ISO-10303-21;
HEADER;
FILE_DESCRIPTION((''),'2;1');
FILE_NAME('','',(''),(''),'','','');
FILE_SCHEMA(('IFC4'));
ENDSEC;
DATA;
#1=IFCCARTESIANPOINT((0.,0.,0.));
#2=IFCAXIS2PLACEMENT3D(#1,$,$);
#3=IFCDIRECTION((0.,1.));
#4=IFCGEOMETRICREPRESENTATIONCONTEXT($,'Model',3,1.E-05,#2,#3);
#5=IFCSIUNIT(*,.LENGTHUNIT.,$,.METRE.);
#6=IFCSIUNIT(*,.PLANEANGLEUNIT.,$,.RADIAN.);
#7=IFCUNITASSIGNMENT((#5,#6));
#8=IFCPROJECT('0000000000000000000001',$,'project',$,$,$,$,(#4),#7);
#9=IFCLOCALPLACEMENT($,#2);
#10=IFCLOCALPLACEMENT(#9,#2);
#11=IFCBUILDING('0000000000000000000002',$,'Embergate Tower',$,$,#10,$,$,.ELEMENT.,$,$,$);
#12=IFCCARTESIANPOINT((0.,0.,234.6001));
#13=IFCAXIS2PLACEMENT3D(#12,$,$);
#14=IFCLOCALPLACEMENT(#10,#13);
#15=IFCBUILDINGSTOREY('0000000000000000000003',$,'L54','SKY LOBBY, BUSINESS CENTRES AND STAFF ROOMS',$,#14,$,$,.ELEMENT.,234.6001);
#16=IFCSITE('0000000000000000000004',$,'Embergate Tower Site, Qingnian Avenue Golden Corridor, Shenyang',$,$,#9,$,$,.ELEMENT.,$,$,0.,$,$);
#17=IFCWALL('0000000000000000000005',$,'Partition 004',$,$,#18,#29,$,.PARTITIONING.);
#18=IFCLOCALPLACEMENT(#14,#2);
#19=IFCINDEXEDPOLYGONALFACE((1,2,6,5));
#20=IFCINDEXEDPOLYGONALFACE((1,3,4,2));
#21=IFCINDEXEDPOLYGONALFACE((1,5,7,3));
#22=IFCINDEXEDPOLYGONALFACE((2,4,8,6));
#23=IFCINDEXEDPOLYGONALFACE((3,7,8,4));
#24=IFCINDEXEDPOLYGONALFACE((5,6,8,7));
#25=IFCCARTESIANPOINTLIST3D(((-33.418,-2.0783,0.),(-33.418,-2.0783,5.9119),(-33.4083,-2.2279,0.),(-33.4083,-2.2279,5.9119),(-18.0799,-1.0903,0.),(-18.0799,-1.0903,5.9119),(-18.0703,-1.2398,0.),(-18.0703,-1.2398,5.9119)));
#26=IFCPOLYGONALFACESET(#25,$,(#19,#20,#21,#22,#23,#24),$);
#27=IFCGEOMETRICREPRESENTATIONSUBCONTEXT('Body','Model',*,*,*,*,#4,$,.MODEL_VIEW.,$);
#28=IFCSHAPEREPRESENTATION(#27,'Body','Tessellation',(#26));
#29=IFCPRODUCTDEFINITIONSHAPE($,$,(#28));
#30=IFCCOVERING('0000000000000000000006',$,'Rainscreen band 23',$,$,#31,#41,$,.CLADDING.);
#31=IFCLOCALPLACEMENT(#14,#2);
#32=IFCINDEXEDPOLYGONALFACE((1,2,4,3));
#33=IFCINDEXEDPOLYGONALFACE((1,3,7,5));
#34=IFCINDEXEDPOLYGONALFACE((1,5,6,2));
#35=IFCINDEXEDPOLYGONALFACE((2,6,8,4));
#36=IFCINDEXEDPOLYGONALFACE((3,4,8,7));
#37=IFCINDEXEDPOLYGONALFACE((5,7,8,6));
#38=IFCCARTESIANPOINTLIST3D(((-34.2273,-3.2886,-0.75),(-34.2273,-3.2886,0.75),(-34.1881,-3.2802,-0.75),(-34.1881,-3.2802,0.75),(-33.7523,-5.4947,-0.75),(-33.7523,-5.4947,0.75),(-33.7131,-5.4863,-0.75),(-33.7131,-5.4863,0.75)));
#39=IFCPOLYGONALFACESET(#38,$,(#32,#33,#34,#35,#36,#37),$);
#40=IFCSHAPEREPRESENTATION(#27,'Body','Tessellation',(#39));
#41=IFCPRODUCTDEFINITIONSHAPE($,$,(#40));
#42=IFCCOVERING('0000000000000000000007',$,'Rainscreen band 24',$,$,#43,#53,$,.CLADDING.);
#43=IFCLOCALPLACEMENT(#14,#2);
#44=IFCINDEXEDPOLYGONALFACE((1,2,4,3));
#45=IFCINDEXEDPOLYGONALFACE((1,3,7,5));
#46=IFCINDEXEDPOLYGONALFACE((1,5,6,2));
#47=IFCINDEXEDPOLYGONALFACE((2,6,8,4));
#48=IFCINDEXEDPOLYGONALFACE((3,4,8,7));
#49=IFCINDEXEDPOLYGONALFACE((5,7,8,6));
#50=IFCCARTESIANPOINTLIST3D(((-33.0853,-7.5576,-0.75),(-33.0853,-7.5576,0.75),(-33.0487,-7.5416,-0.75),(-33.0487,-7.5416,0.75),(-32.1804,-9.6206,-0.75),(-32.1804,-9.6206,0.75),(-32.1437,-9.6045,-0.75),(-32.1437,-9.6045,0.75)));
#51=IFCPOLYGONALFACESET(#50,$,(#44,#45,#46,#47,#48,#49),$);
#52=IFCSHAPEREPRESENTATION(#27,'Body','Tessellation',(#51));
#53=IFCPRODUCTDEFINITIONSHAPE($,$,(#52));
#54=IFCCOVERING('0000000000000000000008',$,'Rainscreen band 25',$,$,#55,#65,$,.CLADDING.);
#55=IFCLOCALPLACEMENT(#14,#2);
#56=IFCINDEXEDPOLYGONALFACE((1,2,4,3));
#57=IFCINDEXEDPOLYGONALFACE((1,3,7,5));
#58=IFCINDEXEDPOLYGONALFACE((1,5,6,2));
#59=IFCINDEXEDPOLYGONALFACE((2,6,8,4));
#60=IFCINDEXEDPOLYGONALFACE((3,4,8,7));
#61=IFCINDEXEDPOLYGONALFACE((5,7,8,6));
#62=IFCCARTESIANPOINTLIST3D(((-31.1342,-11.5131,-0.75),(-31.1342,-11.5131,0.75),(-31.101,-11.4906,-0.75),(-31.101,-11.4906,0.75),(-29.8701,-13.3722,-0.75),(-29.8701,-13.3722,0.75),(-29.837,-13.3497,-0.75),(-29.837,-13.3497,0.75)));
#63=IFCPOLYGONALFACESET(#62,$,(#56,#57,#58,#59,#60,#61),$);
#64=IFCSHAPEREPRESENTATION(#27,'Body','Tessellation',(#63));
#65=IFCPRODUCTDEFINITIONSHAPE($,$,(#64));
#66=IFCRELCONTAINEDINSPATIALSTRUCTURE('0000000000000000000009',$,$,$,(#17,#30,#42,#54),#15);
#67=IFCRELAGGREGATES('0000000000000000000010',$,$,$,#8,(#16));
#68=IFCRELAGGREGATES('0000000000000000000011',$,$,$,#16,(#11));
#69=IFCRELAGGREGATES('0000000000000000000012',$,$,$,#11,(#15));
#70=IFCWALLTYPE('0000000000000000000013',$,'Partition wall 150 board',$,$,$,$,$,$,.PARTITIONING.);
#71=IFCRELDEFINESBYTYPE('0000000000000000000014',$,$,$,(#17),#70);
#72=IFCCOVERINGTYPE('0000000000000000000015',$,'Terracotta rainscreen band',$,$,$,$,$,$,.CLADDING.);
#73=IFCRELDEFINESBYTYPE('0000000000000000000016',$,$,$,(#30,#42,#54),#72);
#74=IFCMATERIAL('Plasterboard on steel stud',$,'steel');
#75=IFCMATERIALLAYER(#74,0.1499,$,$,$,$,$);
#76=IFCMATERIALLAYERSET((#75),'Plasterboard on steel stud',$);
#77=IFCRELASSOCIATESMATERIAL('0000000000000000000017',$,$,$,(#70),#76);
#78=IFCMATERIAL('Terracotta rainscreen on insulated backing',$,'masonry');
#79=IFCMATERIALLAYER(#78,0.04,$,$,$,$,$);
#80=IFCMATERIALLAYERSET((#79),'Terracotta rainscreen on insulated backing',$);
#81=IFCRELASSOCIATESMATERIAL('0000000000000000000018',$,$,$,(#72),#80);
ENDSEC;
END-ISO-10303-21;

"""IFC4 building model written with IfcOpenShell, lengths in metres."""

from ifc_helpers import new_model, si_unit, direction, frame, frame_2d, origin, origin_2d, place, context, subcontext, project, spatial, rectangle, extrude, source, transform, mapped, material, layer, layer_set, type_object, element, save


model = new_model("IFC4")

# Units and contexts
model_context = context("Model", 3, precision=1e-05, world=origin(), true_north=direction((0.0, 1.0)))
body_context = subcontext(model_context, "Body", "Model", "MODEL_VIEW")
ifc_project = project(units=[si_unit("LENGTHUNIT", "METRE"), si_unit("PLANEANGLEUNIT", "RADIAN")], contexts=[model_context])

# Site, building, storey
site_placement = place(None, origin())
site = spatial("IfcSite", under=ifc_project, at=site_placement, Name="Embergate Tower Site, Qingnian Avenue Golden Corridor, Shenyang", CompositionType="ELEMENT", RefElevation=0.0)
building_placement = place(site_placement, origin())
building = spatial("IfcBuilding", under=site, at=building_placement, Name="Embergate Tower", CompositionType="ELEMENT")
storey_placement = place(building_placement, frame((0.0, 0.0, 234.6001)))
storey = spatial("IfcBuildingStorey", under=building, at=storey_placement, Name="L54", Description="SKY LOBBY, BUSINESS CENTRES AND STAFF ROOMS", CompositionType="ELEMENT", Elevation=234.6001)

# Shared definitions
ifc_material_1 = material(Name="Plasterboard on steel stud", Category="steel")
ifc_layer_1 = layer(ifc_material_1, 0.1499)
ifc_layer_set_1 = layer_set([ifc_layer_1], Name="Plasterboard on steel stud")
wall_type_1 = type_object("IfcWallType", Name="Partition wall 150 board", PredefinedType="PARTITIONING", material=ifc_layer_set_1)

# Wall
shared_shape_1 = source(origin(), body_context, "Body", "SweptSolid", [
    extrude(rectangle(XDim=15.3699, YDim=0.1499, at=frame_2d((7.6851, 0.0))), origin(), (0.0, 0.0, 1.0), 5.9119),
])
wall_1_placement = place(storey_placement, frame((-18.075, -1.165, 0.0), z_axis=(0.0, 0.0, 1.0), x_axis=(-0.997932, -0.064284, 0.0)))
element("IfcWall", 1, at=wall_1_placement, inside=storey, type_object=wall_type_1, Name="Partition 004", PredefinedType="PARTITIONING", context=body_context, shape_type="MappedRepresentation", body=[
    mapped(shared_shape_1, transform((0.0, 0.0, 0.0))),
])

# Coverings
ifc_material_2 = material(Name="Terracotta rainscreen on insulated backing", Category="masonry")
ifc_layer_2 = layer(ifc_material_2, 0.04)
ifc_layer_set_2 = layer_set([ifc_layer_2], Name="Terracotta rainscreen on insulated backing")
covering_type = type_object("IfcCoveringType", Name="Terracotta rainscreen band", PredefinedType="CLADDING", material=ifc_layer_set_2)
shared_shape_2 = source(origin(), body_context, "Body", "SweptSolid", [
    extrude(rectangle(XDim=2.2566, YDim=0.04, at=origin_2d()), origin(), (0.0, 0.0, 1.0), 1.5),
])
covering_1_placement = place(storey_placement, frame((-33.9702, -4.3875, -0.75), z_axis=(0.0, 0.0, 1.0), x_axis=(0.210497, -0.977594, 0.0)))
element("IfcCovering", 2, at=covering_1_placement, inside=storey, type_object=covering_type, Name="Rainscreen band 23", PredefinedType="CLADDING", context=body_context, shape_type="MappedRepresentation", body=[
    mapped(shared_shape_2, transform((0.0, 0.0, 0.0))),
])
shared_shape_3 = source(origin(), body_context, "Body", "SweptSolid", [
    extrude(rectangle(XDim=2.2527, YDim=0.04, at=origin_2d()), origin(), (0.0, 0.0, 1.0), 1.5),
])
covering_2_placement = place(storey_placement, frame((-32.6145, -8.5811, -0.75), z_axis=(0.0, 0.0, 1.0), x_axis=(0.401727, -0.915759, 0.0)))
element("IfcCovering", 3, at=covering_2_placement, inside=storey, type_object=covering_type, Name="Rainscreen band 24", PredefinedType="CLADDING", context=body_context, shape_type="MappedRepresentation", body=[
    mapped(shared_shape_3, transform((0.0, 0.0, 0.0))),
])
shared_shape_4 = source(origin(), body_context, "Body", "SweptSolid", [
    extrude(rectangle(XDim=2.248, YDim=0.04, at=origin_2d()), origin(), (0.0, 0.0, 1.0), 1.5),
])
covering_3_placement = place(storey_placement, frame((-30.4856, -12.4314, -0.75), z_axis=(0.0, 0.0, 1.0), x_axis=(0.562274, -0.826951, 0.0)))
element("IfcCovering", 4, at=covering_3_placement, inside=storey, type_object=covering_type, Name="Rainscreen band 25", PredefinedType="CLADDING", context=body_context, shape_type="MappedRepresentation", body=[
    mapped(shared_shape_4, transform((0.0, 0.0, 0.0))),
])

save(model, "model.ifc")
